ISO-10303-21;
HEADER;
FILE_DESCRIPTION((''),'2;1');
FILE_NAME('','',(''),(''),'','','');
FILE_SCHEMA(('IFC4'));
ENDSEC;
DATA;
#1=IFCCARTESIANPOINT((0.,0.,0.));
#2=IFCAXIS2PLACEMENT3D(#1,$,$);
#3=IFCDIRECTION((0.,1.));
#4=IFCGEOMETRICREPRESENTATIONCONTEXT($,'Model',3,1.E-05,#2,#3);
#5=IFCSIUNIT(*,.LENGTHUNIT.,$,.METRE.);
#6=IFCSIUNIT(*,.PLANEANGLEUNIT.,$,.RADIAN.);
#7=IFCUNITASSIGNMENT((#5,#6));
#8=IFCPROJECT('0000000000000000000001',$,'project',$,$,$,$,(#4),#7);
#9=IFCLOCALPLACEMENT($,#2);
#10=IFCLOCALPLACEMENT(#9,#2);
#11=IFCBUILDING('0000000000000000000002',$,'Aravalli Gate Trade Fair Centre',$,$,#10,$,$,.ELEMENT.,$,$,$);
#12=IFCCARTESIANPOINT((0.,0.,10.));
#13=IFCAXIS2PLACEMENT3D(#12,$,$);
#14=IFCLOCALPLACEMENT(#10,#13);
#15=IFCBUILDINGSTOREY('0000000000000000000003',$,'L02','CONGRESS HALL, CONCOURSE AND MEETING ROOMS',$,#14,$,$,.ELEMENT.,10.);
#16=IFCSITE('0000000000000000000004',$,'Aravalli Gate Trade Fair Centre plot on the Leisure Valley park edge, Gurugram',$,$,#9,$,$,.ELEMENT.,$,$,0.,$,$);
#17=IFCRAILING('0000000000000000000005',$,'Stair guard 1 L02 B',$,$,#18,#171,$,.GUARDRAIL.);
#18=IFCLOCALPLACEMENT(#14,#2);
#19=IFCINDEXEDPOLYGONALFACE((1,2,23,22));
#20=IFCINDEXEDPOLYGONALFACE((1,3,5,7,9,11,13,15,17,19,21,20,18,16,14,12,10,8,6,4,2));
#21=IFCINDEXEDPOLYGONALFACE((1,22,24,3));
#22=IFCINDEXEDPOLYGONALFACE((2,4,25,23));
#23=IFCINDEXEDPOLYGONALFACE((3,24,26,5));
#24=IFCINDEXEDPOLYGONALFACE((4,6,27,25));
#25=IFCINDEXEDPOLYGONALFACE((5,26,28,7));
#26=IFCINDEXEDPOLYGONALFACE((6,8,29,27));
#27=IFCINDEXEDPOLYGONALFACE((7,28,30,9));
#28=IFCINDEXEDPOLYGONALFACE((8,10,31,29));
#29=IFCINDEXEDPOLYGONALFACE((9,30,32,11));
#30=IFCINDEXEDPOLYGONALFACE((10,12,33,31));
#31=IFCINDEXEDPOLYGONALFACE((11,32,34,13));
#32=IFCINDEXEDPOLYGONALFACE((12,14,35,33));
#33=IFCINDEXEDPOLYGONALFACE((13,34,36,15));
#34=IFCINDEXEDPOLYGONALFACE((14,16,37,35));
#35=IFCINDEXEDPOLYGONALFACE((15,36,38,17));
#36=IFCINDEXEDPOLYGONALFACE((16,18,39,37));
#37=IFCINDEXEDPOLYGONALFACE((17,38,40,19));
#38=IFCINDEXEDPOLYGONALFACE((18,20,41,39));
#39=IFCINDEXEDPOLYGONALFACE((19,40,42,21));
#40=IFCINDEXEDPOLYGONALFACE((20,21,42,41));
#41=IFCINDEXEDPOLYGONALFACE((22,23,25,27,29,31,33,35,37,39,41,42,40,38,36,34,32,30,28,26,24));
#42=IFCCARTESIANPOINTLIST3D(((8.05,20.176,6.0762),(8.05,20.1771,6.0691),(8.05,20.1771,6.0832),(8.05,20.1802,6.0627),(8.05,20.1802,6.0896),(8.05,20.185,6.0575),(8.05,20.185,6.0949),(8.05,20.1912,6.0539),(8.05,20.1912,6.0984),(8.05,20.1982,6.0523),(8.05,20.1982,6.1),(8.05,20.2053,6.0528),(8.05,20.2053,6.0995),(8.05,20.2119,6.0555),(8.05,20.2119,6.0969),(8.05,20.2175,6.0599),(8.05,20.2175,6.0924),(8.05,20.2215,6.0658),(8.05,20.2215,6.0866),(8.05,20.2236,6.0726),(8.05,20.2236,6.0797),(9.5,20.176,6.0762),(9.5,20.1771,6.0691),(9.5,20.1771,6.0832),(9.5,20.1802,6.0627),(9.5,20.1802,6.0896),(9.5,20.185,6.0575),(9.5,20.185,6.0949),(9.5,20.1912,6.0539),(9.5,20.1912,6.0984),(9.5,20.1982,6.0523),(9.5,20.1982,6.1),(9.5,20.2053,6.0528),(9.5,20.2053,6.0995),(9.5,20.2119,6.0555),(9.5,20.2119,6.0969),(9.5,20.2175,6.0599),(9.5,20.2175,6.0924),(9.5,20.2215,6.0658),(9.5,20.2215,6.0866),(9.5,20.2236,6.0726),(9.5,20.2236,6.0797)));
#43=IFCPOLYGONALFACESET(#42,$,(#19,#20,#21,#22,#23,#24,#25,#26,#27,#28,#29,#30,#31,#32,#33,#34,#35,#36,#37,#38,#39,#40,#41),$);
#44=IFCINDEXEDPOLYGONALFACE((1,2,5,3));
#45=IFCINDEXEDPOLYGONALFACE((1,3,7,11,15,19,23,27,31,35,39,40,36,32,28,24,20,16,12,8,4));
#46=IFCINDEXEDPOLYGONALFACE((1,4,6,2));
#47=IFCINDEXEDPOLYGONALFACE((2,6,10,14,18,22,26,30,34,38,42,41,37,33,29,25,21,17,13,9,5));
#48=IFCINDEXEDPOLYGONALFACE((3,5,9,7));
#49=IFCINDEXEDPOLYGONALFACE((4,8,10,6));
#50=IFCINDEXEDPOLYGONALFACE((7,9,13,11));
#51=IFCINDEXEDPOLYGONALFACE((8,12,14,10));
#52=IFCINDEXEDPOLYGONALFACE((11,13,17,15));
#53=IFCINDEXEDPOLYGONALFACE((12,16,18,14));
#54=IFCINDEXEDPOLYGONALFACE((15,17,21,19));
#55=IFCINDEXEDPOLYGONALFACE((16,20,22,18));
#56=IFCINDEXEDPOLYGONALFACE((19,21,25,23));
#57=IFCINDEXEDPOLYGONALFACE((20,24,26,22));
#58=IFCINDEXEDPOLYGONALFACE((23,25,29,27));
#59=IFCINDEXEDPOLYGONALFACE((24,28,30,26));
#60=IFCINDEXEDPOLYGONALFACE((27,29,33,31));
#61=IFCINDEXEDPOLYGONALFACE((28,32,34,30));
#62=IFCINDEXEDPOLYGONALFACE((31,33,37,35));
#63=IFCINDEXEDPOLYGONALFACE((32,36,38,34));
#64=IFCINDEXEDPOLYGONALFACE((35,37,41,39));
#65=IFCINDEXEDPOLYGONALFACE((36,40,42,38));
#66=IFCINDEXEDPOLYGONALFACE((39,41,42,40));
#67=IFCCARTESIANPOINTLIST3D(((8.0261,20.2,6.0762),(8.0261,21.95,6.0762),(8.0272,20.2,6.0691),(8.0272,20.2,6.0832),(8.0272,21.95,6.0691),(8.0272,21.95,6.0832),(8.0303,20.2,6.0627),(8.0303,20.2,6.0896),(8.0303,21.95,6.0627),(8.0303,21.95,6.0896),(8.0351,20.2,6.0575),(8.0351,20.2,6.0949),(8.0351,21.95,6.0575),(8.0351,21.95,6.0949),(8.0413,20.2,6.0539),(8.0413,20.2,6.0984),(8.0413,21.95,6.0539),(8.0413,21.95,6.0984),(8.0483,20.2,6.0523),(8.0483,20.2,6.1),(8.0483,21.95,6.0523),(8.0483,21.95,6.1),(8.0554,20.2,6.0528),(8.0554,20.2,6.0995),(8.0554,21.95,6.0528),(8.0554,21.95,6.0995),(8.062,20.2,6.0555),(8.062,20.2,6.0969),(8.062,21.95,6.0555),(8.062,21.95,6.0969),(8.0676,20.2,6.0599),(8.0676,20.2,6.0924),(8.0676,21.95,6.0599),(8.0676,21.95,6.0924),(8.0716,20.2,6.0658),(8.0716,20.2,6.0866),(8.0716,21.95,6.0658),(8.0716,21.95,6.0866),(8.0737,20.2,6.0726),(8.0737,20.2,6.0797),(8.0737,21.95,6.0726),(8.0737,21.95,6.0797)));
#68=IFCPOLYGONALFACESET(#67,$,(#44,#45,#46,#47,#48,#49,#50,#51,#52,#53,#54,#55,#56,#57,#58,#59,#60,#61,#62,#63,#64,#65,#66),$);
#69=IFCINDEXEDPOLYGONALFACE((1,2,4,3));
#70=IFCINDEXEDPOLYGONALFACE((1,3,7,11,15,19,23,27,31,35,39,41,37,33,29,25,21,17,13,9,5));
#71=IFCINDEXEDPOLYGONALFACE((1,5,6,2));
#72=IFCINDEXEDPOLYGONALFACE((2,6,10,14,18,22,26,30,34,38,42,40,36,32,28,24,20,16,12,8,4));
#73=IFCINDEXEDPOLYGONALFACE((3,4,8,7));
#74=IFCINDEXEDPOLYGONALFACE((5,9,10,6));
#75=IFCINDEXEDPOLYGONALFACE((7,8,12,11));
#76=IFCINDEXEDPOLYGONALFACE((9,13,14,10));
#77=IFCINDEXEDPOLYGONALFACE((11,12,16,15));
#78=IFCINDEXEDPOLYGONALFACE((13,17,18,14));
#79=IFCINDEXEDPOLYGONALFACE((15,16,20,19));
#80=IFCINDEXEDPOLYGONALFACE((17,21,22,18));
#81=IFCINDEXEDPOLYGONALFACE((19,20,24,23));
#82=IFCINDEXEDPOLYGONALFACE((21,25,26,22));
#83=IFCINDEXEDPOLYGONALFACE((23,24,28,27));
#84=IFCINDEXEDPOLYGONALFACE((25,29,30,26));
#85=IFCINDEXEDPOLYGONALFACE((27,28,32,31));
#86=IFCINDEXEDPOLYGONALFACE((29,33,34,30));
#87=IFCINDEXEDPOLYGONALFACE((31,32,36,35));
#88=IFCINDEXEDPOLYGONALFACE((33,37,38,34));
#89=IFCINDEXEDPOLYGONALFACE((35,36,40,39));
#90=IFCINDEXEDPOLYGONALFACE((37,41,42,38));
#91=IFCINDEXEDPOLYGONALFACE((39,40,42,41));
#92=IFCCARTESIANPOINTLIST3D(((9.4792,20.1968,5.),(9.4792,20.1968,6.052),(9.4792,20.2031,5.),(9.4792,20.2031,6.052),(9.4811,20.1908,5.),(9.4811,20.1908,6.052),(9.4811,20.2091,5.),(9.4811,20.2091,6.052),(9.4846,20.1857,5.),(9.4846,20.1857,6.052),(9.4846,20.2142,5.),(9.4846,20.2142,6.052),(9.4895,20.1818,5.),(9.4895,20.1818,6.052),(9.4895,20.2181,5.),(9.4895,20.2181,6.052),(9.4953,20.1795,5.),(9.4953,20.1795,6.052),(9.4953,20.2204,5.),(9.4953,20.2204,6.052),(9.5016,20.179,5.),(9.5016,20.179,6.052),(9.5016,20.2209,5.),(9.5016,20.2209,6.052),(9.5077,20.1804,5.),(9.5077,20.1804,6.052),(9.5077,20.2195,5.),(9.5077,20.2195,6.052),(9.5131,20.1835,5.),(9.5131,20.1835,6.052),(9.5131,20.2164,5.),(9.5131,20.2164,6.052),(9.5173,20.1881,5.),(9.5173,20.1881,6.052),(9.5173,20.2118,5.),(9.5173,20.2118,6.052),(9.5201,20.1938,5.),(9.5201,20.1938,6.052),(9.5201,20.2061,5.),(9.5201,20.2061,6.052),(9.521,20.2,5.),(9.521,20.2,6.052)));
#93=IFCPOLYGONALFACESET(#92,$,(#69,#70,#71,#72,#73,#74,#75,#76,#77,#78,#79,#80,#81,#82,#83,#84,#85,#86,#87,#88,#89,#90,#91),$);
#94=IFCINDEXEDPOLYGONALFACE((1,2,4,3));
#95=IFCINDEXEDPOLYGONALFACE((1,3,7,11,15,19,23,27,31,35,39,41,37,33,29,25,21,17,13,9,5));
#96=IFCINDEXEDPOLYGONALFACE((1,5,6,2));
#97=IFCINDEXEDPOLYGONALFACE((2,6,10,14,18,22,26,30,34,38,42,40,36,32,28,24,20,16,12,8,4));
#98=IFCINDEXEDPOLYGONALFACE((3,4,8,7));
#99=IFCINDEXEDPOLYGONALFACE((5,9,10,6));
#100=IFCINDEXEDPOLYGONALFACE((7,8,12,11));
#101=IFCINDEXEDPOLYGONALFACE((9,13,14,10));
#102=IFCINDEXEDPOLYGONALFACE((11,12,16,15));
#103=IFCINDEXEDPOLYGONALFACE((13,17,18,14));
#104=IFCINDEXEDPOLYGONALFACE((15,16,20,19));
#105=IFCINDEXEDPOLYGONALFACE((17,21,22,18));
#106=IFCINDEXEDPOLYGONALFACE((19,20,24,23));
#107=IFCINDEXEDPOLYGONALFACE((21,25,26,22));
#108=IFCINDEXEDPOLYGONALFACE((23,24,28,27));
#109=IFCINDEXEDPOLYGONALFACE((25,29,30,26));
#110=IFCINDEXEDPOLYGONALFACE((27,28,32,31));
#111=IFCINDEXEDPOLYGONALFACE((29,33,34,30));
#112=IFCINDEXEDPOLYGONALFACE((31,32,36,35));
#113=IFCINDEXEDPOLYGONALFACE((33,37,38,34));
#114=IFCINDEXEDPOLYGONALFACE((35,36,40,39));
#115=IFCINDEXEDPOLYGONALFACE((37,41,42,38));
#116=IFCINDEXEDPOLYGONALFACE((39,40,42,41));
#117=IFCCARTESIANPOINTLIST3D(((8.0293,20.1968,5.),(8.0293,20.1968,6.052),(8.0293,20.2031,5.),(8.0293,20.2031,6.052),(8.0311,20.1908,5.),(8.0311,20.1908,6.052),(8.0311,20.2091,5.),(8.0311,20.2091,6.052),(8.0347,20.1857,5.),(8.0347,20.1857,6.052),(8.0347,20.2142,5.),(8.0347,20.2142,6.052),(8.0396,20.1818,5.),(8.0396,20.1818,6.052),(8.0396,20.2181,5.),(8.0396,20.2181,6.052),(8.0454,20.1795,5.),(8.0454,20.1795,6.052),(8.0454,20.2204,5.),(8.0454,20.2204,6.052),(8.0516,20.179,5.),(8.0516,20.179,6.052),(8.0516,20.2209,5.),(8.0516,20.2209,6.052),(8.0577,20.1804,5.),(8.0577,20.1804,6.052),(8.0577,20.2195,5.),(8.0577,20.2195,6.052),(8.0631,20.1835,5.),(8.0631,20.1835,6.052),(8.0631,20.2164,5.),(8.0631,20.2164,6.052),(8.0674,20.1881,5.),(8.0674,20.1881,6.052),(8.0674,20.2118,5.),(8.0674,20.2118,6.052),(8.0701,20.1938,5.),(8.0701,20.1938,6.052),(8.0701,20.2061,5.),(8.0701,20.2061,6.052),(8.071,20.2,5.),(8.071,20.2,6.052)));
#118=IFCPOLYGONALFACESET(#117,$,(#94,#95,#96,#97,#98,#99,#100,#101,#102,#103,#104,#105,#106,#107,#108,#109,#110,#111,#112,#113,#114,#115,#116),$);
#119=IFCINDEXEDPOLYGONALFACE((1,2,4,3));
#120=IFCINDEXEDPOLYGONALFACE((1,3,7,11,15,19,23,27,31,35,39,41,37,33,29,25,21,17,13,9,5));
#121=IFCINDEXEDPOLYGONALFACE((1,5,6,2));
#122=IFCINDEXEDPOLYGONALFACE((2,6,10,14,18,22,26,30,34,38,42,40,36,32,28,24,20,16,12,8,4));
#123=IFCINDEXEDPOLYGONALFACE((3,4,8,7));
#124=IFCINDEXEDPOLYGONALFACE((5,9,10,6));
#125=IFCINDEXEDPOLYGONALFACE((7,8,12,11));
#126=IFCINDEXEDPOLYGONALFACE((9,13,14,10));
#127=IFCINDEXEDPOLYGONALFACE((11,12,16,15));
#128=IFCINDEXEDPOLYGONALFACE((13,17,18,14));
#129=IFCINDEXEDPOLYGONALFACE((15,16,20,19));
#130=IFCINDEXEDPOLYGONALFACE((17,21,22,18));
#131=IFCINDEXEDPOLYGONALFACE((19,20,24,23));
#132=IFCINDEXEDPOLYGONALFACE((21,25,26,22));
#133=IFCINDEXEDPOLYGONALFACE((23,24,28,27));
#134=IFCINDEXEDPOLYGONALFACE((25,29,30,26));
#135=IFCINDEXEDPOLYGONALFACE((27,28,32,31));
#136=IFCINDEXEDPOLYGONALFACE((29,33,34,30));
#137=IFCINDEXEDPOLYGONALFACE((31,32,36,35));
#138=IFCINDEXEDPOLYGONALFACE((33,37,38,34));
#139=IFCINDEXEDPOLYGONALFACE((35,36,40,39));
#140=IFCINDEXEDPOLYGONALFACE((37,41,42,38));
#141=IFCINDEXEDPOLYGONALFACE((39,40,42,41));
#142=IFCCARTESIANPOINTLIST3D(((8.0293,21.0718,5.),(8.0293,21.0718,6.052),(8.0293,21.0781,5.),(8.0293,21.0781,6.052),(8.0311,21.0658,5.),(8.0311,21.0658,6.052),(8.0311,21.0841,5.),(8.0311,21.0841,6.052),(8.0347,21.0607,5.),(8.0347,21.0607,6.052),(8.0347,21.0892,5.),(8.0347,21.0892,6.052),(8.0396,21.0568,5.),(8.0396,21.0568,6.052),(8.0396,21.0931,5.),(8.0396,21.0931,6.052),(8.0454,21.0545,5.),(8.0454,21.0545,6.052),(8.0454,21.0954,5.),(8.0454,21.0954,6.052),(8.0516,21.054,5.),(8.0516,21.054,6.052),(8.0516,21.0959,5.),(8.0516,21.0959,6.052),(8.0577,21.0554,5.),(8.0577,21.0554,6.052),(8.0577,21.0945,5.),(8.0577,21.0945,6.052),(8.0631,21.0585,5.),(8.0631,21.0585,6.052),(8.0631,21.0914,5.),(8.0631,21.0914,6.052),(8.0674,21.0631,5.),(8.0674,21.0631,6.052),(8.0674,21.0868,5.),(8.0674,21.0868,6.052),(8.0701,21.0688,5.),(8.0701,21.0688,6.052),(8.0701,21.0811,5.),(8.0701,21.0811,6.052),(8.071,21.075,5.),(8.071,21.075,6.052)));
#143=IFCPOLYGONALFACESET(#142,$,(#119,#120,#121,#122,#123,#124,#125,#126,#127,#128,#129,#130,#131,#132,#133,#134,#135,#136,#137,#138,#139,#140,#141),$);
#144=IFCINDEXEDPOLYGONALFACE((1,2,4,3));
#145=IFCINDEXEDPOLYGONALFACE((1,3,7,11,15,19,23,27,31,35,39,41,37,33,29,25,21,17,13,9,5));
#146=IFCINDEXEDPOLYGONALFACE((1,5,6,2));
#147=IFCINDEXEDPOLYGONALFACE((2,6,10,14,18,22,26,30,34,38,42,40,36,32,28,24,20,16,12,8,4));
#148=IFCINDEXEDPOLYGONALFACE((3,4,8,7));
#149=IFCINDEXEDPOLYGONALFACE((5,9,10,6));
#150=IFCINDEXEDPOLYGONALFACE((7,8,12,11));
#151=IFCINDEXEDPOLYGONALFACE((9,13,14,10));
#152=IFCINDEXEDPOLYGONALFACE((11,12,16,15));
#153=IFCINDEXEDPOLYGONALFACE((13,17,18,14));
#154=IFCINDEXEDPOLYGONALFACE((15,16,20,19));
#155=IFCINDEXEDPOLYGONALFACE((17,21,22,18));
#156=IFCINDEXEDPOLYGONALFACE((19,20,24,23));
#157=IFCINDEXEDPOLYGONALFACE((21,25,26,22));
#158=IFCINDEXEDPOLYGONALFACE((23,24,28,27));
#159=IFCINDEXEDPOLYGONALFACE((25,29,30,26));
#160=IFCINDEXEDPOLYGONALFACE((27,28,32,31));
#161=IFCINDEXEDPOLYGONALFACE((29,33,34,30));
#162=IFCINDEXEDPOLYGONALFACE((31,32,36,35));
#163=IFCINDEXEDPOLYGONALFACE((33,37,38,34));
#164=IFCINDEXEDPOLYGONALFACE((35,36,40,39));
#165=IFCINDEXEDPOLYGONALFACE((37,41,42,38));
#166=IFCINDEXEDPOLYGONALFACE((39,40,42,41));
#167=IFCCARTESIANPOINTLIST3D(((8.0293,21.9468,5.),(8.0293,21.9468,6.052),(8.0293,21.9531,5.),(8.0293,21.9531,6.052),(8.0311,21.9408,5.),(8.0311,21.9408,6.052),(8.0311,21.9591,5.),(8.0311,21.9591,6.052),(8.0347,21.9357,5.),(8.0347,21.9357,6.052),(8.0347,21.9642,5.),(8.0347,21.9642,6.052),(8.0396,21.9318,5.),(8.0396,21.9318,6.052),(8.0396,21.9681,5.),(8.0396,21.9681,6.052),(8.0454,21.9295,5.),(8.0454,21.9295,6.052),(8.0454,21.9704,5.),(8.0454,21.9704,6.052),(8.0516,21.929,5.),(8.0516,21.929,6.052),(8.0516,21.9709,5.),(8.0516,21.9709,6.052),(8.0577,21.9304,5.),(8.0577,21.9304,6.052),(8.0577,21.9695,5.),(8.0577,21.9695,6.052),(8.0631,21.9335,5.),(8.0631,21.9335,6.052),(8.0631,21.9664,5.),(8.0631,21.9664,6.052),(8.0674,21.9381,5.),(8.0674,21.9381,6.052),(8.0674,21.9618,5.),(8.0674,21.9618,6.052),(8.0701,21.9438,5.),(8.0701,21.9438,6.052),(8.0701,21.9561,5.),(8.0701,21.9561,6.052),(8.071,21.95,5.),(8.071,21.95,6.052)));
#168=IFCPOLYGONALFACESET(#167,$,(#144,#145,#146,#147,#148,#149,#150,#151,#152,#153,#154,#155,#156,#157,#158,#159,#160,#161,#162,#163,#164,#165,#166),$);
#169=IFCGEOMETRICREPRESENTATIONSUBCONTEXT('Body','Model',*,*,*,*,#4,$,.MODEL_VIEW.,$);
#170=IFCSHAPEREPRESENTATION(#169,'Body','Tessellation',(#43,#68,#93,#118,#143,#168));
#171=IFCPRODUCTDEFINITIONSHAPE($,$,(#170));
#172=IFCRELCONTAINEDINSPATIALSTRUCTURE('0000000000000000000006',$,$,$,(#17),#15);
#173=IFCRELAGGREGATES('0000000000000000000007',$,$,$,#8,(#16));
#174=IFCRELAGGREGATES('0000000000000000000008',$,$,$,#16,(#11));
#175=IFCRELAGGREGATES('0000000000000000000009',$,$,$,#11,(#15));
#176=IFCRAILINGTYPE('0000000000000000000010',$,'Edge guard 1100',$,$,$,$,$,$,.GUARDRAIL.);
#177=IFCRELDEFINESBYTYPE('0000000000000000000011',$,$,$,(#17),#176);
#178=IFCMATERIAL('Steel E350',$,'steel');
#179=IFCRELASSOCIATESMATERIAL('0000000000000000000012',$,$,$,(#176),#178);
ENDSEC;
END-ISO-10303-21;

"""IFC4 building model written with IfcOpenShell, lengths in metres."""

from ifc_helpers import new_model, si_unit, direction, frame, origin, origin_2d, place, context, subcontext, project, spatial, circle, extrude, material, type_object, element, save


model = new_model("IFC4")

# Units and contexts
model_context = context("Model", 3, precision=1e-05, world=origin(), true_north=direction((0.0, 1.0)))
body_context = subcontext(model_context, "Body", "Model", "MODEL_VIEW")
ifc_project = project(units=[si_unit("LENGTHUNIT", "METRE"), si_unit("PLANEANGLEUNIT", "RADIAN")], contexts=[model_context])

# Site, building, storey
site_placement = place(None, origin())
site = spatial("IfcSite", under=ifc_project, at=site_placement, Name="Aravalli Gate Trade Fair Centre plot on the Leisure Valley park edge, Gurugram", CompositionType="ELEMENT", RefElevation=0.0)
building_placement = place(site_placement, origin())
building = spatial("IfcBuilding", under=site, at=building_placement, Name="Aravalli Gate Trade Fair Centre", CompositionType="ELEMENT")
storey_placement = place(building_placement, frame((0.0, 0.0, 10.0)))
storey = spatial("IfcBuildingStorey", under=building, at=storey_placement, Name="L02", Description="CONGRESS HALL, CONCOURSE AND MEETING ROOMS", CompositionType="ELEMENT", Elevation=10.0)

# Railing
ifc_material_1 = material(Name="Steel E350", Category="steel")
railing_type = type_object("IfcRailingType", Name="Edge guard 1100", PredefinedType="GUARDRAIL", material=ifc_material_1)
railing_1_placement = place(storey_placement, frame((9.5, 20.2, 5.0)))
element("IfcRailing", 1, at=railing_1_placement, inside=storey, type_object=railing_type, Name="Stair guard 1 L02 B", PredefinedType="GUARDRAIL", context=body_context, shape_type="SweptSolid", body=[
    extrude(circle(Radius=0.0239, at=origin_2d()), frame((0.0, 0.0, 1.0762), z_axis=(-1.0, 0.0, 0.0), x_axis=(0.0, -1.0, 0.0)), (0.0, 0.0, 1.0), 1.45),
    extrude(circle(Radius=0.0239, at=origin_2d()), frame((-1.45, 0.0, 1.0762), z_axis=(0.0, 1.0, 0.0), x_axis=(-1.0, 0.0, 0.0)), (0.0, 0.0, 1.0), 1.75),
    extrude(circle(Radius=0.021, at=origin_2d()), origin(), (0.0, 0.0, 1.0), 1.052),
    extrude(circle(Radius=0.021, at=origin_2d()), frame((-1.45, 0.0, 0.0)), (0.0, 0.0, 1.0), 1.052),
    extrude(circle(Radius=0.021, at=origin_2d()), frame((-1.45, 0.875, 0.0)), (0.0, 0.0, 1.0), 1.052),
    extrude(circle(Radius=0.021, at=origin_2d()), frame((-1.45, 1.75, 0.0)), (0.0, 0.0, 1.0), 1.052),
])

save(model, "model.ifc")
